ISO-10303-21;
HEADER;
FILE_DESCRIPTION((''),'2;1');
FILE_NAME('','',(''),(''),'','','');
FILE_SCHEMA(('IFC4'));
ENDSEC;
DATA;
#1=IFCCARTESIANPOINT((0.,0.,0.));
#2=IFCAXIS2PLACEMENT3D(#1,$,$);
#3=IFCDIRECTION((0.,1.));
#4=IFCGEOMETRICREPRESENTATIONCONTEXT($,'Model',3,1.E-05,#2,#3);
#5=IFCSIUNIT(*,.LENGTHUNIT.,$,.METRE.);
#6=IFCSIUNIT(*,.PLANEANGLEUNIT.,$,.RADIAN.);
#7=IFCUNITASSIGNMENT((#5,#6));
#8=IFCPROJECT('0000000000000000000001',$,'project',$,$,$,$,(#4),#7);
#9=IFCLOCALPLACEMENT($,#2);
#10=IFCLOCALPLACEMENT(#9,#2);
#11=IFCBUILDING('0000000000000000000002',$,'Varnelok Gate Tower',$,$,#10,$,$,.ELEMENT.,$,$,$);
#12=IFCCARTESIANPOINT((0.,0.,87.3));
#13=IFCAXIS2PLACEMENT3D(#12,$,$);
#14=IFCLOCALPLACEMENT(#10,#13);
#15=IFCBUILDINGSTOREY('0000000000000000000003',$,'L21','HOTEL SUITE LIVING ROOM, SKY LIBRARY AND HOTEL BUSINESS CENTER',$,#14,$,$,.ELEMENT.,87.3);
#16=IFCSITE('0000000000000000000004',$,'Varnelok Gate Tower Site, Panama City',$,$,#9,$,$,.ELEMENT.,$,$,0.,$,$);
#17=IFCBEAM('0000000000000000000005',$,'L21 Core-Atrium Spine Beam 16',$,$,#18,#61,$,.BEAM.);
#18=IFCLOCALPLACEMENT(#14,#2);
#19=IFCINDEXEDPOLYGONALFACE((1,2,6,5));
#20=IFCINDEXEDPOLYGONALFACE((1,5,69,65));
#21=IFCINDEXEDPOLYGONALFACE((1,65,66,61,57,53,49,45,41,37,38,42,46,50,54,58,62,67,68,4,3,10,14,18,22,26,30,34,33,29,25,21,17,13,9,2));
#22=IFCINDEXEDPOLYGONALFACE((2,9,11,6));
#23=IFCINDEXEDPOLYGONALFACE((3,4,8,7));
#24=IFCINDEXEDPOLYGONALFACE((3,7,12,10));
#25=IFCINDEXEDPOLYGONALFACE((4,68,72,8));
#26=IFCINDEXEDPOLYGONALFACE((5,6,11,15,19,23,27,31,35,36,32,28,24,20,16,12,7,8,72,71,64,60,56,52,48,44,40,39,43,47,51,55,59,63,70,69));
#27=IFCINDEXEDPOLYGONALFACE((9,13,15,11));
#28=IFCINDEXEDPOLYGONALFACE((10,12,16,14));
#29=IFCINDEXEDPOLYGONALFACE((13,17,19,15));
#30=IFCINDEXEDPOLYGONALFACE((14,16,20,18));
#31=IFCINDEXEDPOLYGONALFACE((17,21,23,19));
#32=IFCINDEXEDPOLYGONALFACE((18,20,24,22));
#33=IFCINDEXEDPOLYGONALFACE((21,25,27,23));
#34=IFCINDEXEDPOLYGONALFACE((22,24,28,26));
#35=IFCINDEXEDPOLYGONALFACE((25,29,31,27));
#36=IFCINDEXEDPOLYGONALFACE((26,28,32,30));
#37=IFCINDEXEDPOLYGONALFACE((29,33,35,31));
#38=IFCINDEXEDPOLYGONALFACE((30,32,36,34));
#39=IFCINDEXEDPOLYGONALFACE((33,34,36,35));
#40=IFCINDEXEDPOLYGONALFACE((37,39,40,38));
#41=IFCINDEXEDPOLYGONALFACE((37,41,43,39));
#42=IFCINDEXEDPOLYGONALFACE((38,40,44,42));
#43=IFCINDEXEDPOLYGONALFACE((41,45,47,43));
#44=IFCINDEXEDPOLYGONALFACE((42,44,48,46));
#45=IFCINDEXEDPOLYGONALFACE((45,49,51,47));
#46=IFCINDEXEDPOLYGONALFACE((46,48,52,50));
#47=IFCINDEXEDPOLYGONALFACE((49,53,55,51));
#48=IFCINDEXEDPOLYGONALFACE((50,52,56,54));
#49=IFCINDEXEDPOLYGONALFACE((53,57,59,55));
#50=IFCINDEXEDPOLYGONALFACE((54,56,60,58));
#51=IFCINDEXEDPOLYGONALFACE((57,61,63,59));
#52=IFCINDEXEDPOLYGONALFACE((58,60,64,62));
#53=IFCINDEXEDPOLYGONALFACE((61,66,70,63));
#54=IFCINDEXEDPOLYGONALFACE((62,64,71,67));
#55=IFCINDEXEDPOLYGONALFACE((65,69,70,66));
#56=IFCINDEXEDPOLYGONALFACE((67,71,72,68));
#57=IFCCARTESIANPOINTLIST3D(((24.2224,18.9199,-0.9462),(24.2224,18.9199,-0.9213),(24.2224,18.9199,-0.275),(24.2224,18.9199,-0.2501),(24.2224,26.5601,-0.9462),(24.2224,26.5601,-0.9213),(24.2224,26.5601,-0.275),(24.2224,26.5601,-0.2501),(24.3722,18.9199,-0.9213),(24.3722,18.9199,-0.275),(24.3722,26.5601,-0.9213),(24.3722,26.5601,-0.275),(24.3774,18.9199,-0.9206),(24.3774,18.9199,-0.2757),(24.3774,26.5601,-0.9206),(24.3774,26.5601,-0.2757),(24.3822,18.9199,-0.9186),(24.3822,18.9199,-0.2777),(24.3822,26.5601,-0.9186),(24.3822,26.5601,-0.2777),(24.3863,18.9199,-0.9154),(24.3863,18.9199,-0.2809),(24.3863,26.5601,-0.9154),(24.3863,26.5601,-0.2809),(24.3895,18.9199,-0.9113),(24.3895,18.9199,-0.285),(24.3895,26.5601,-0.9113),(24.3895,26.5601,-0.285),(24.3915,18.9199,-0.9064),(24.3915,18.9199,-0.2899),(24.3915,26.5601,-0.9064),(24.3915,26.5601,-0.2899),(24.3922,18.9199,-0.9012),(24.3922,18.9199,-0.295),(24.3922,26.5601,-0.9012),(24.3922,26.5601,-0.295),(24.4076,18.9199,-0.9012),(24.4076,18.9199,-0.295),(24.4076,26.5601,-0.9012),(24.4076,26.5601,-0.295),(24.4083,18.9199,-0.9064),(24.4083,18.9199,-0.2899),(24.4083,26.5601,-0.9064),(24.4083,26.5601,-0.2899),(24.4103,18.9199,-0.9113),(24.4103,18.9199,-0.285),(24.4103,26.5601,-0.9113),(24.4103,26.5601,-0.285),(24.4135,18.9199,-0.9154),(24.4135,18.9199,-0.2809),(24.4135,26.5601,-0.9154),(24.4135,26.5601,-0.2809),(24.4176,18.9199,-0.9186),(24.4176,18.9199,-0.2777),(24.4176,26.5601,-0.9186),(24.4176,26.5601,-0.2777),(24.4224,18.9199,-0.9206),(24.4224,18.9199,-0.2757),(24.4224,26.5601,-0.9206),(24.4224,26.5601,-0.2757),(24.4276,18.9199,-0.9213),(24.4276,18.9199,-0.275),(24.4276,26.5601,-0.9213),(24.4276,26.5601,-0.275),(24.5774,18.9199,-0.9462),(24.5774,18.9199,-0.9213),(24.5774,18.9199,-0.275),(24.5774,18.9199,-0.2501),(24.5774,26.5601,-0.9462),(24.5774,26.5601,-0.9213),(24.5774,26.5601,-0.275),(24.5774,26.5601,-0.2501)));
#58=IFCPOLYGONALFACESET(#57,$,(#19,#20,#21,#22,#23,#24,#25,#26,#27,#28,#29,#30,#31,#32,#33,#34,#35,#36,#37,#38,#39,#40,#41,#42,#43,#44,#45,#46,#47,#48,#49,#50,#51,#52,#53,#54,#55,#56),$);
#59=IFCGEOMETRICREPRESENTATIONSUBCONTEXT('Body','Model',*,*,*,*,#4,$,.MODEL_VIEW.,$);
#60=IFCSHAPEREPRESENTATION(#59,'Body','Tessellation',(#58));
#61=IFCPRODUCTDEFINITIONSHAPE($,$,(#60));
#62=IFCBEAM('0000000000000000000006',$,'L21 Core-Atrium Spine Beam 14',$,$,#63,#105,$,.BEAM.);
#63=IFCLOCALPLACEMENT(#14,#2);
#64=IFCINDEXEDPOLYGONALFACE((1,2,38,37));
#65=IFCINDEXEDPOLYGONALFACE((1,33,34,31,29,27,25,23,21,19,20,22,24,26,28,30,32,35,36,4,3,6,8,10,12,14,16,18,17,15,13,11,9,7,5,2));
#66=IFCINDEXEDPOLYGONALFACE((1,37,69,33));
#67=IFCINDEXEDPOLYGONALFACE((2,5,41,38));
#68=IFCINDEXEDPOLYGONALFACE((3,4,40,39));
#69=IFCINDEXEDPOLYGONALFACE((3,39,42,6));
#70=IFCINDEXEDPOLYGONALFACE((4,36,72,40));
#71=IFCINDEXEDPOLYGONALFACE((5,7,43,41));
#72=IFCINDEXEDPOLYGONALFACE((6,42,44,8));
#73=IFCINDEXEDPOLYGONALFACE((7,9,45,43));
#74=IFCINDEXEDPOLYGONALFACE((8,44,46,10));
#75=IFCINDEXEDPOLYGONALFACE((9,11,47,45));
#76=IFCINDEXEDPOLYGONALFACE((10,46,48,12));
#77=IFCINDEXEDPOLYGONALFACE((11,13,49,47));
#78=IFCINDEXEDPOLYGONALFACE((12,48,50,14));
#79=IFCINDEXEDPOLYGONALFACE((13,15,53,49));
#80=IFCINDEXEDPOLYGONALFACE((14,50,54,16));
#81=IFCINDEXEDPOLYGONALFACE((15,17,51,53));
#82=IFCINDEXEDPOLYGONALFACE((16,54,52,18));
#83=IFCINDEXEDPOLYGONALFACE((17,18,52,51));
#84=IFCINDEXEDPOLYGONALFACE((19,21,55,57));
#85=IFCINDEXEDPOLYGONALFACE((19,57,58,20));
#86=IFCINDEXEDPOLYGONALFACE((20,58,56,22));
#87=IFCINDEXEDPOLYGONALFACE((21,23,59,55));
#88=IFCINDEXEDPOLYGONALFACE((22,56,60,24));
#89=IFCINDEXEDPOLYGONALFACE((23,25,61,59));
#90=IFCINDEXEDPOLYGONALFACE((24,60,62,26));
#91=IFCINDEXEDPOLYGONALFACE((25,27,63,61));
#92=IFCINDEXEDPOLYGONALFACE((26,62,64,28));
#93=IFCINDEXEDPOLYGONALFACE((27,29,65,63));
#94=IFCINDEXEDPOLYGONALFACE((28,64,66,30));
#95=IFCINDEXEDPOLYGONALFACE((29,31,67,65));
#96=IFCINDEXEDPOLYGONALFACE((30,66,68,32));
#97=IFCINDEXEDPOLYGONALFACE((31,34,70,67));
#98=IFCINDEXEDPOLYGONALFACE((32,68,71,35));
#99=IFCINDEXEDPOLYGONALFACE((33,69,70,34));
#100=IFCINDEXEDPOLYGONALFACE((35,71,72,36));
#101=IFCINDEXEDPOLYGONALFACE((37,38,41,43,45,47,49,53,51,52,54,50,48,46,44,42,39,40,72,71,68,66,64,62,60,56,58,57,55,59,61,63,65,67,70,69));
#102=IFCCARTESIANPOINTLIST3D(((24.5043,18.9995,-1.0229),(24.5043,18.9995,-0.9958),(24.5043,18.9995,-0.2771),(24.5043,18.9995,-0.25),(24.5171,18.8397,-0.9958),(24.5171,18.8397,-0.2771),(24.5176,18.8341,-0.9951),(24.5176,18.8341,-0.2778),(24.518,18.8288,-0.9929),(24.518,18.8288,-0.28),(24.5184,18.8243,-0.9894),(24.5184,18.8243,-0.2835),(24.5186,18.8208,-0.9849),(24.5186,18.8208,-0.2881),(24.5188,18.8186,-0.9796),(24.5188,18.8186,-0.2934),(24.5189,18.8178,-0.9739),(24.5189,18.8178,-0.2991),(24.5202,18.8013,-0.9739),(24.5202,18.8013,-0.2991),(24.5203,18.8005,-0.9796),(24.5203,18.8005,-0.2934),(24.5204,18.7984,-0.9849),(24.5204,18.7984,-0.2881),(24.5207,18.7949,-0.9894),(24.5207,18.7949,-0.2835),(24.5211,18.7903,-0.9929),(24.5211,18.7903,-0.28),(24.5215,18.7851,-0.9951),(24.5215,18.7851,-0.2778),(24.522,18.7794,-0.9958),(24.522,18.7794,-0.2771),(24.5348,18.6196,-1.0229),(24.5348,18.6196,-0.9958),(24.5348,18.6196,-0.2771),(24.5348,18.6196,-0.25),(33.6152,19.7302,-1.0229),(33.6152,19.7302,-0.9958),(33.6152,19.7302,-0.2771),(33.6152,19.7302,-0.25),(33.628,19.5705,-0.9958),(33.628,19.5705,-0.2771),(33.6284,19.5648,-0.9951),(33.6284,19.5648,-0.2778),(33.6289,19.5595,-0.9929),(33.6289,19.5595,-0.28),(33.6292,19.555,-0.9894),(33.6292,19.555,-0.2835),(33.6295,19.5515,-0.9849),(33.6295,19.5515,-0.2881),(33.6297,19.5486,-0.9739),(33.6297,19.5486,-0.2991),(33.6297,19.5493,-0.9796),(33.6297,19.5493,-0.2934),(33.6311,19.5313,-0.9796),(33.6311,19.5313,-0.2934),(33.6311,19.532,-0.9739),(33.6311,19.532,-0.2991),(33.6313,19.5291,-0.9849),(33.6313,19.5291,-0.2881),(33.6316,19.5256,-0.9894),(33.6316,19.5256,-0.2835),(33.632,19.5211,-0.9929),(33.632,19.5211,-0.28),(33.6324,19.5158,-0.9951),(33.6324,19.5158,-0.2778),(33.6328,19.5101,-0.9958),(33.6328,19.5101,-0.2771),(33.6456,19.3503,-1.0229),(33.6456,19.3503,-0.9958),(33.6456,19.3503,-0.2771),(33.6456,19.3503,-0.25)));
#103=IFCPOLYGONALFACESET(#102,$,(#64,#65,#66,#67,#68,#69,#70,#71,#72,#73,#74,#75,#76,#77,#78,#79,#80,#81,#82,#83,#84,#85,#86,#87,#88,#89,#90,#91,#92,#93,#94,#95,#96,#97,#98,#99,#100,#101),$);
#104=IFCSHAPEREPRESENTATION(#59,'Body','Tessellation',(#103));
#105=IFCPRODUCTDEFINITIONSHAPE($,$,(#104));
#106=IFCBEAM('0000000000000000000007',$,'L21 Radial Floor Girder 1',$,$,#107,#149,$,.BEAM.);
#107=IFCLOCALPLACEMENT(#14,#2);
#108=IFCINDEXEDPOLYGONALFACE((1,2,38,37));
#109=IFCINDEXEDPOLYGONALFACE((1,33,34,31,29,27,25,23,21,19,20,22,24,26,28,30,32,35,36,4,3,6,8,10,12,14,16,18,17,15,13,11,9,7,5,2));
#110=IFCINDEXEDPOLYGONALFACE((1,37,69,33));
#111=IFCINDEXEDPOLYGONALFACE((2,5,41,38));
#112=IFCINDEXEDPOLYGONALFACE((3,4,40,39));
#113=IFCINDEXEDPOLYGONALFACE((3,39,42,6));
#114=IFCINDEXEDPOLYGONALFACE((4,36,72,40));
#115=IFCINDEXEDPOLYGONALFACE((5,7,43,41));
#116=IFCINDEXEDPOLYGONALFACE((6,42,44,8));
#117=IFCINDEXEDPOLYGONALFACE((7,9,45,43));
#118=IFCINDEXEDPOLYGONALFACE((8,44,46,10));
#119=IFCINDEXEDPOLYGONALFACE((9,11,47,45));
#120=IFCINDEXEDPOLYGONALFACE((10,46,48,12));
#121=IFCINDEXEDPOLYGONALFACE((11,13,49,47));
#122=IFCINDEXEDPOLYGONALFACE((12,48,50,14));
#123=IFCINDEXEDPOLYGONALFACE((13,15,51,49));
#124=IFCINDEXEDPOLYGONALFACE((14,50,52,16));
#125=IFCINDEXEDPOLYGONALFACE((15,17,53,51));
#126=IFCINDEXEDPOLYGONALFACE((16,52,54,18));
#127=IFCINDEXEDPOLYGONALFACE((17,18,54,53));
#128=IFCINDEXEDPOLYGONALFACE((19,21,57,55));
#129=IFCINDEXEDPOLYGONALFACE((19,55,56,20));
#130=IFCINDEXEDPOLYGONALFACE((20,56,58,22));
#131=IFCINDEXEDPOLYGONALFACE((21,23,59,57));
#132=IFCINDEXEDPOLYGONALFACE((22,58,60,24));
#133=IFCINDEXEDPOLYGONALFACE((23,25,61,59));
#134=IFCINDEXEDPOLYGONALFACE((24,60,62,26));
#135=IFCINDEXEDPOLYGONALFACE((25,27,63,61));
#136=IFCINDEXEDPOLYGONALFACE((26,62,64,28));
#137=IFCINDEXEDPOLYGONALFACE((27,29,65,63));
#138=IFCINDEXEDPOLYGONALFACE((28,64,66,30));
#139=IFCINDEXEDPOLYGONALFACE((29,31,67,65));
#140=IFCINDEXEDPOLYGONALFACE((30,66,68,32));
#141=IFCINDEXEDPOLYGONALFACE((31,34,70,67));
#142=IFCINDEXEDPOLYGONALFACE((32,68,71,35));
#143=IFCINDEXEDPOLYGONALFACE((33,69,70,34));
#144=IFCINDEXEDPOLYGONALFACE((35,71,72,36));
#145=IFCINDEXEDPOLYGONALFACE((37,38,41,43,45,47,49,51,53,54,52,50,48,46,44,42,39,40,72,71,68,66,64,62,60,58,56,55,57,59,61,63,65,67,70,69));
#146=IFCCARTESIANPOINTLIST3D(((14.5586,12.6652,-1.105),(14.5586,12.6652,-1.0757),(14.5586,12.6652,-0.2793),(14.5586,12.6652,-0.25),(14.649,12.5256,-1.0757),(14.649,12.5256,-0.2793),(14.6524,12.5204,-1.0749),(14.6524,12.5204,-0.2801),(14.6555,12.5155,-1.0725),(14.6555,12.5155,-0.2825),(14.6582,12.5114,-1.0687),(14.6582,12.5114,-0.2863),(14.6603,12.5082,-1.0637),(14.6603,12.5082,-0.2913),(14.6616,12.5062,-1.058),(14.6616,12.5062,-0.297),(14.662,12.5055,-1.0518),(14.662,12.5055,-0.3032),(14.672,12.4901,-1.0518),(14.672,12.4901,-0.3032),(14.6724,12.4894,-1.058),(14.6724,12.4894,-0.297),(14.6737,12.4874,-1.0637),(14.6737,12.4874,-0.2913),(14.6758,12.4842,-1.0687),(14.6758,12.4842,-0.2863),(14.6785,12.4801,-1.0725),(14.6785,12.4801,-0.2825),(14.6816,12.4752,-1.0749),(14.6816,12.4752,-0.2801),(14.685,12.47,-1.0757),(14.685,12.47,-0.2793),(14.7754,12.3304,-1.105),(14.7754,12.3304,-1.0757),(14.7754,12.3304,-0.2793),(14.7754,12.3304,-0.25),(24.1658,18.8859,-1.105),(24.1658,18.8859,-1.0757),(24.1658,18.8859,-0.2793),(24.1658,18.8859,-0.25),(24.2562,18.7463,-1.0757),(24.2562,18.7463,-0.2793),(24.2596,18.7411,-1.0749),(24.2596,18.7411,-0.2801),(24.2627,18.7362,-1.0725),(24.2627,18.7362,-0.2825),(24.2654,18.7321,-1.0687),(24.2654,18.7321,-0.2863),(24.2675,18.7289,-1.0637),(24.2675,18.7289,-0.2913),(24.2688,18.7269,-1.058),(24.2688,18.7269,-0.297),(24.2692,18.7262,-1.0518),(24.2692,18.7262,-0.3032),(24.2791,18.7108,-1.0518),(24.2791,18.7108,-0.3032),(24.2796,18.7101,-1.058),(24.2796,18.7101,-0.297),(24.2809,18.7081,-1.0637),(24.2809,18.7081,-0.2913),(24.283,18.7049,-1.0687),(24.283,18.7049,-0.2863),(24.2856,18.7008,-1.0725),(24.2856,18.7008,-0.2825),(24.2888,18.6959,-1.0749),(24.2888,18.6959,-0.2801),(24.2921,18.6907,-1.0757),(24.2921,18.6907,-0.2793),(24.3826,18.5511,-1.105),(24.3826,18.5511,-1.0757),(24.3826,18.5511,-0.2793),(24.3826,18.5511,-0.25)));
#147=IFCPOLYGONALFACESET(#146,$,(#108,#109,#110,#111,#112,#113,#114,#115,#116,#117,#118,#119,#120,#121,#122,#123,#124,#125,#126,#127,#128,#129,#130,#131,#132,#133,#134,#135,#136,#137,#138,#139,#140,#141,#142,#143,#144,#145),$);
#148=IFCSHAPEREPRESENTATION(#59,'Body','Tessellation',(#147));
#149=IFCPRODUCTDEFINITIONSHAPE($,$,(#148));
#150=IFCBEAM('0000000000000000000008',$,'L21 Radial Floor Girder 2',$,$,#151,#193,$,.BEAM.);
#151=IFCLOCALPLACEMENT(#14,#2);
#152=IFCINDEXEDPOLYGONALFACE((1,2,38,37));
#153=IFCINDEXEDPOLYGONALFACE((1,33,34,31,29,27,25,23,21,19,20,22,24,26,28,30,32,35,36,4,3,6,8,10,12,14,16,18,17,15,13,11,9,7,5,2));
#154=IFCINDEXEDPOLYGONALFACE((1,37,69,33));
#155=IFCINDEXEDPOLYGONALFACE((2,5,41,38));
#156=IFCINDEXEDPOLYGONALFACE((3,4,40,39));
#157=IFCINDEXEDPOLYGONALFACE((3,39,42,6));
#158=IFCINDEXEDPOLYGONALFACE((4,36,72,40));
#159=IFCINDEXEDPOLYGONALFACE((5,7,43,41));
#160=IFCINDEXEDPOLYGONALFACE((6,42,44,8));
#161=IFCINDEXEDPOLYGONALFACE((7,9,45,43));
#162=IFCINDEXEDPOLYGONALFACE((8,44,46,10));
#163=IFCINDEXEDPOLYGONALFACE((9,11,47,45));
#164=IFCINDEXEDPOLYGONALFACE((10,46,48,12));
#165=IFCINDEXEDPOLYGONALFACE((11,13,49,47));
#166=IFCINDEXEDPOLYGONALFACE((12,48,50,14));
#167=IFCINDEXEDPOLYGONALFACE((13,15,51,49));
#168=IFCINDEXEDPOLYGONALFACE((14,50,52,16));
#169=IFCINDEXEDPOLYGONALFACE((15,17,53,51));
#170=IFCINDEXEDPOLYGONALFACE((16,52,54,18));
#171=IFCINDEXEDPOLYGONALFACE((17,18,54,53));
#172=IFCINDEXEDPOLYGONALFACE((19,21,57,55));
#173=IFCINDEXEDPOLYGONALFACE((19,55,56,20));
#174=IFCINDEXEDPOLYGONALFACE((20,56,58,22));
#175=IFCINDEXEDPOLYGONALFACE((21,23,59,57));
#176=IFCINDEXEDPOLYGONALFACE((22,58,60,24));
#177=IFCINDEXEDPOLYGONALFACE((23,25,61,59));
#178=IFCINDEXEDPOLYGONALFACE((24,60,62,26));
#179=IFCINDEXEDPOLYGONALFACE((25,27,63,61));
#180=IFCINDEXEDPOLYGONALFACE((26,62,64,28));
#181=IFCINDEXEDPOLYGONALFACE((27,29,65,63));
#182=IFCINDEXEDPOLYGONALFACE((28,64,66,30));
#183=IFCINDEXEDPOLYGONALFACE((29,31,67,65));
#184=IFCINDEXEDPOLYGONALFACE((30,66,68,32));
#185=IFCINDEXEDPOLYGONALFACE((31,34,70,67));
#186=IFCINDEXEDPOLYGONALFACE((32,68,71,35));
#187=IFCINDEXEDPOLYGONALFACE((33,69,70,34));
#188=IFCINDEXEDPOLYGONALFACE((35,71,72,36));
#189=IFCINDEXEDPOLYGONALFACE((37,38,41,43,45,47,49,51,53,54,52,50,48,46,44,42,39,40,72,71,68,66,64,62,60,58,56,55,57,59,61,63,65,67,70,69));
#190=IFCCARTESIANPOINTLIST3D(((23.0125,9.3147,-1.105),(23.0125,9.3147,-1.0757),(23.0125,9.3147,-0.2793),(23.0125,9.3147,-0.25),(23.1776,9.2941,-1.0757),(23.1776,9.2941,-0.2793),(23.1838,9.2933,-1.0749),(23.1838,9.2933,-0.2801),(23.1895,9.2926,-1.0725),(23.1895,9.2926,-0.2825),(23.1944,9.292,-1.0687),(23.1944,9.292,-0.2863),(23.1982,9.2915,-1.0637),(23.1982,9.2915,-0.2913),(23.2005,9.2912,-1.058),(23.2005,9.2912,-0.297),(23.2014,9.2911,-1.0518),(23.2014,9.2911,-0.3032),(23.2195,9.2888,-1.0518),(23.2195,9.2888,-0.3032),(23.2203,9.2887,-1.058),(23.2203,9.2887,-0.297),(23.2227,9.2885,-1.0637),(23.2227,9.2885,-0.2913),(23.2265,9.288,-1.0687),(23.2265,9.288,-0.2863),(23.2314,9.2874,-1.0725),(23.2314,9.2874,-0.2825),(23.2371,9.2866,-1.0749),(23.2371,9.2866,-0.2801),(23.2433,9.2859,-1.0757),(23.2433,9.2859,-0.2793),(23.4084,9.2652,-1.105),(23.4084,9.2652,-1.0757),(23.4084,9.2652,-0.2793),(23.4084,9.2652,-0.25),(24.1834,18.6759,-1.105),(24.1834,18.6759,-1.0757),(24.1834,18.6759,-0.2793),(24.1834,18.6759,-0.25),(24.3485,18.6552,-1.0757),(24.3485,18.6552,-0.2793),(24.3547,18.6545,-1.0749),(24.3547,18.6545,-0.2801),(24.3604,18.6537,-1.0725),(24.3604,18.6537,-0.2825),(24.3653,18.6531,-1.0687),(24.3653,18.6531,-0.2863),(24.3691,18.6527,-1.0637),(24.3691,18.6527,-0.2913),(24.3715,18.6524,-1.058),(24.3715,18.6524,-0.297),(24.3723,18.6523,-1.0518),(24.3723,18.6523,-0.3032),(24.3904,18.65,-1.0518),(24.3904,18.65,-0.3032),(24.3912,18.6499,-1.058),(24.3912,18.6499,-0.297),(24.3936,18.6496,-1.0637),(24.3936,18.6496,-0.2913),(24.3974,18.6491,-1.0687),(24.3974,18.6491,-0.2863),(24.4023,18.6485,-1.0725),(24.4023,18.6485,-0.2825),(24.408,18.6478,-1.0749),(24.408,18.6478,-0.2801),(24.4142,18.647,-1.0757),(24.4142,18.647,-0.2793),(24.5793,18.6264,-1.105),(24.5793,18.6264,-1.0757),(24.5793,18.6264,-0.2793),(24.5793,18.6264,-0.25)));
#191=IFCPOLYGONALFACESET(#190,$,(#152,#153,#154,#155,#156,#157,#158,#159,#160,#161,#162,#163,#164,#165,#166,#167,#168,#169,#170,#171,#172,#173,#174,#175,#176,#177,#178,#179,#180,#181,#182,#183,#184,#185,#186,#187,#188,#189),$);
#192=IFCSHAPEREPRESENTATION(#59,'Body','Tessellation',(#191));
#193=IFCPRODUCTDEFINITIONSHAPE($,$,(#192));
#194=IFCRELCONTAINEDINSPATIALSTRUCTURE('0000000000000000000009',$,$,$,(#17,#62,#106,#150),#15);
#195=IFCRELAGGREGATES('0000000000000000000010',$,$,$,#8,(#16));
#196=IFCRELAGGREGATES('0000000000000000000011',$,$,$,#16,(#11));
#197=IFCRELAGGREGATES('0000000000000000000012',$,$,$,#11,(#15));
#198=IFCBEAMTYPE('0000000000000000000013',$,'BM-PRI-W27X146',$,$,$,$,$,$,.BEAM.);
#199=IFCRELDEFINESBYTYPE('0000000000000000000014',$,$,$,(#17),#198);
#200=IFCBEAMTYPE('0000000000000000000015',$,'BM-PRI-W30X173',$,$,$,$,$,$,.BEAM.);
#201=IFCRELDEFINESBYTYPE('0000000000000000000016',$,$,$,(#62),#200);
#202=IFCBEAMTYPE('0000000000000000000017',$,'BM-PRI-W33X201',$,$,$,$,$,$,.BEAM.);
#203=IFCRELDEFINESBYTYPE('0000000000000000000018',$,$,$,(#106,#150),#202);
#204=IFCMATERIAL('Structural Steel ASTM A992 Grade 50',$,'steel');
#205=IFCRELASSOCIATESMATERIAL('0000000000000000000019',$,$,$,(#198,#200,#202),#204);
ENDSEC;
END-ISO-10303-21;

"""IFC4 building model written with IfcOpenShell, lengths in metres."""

from ifc_helpers import new_model, si_unit, direction, frame, origin, origin_2d, place, context, subcontext, project, spatial, i_section, extrude, material, material_profile, profile_set, type_object, element, save


model = new_model("IFC4")

# Units and contexts
model_context = context("Model", 3, precision=1e-05, world=origin(), true_north=direction((0.0, 1.0)))
body_context = subcontext(model_context, "Body", "Model", "MODEL_VIEW")
ifc_project = project(units=[si_unit("LENGTHUNIT", "METRE"), si_unit("PLANEANGLEUNIT", "RADIAN")], contexts=[model_context])

# Site, building, storey
site_placement = place(None, origin())
site = spatial("IfcSite", under=ifc_project, at=site_placement, Name="Varnelok Gate Tower Site, Panama City", CompositionType="ELEMENT", RefElevation=0.0)
building_placement = place(site_placement, origin())
building = spatial("IfcBuilding", under=site, at=building_placement, Name="Varnelok Gate Tower", CompositionType="ELEMENT")
storey_placement = place(building_placement, frame((0.0, 0.0, 87.3)))
storey = spatial("IfcBuildingStorey", under=building, at=storey_placement, Name="L21", Description="HOTEL SUITE LIVING ROOM, SKY LIBRARY AND HOTEL BUSINESS CENTER", CompositionType="ELEMENT", Elevation=87.3)

# Shared definitions
ifc_material_1 = material(Name="Structural Steel ASTM A992 Grade 50", Category="steel")

# Beams
ifc_material_profile_1 = material_profile(ifc_material_1, i_section(OverallWidth=0.355, OverallDepth=0.696, WebThickness=0.0154, FlangeThickness=0.0249, FilletRadius=0.02, at=origin_2d()), Name="W27X146")
ifc_profile_set_1 = profile_set([ifc_material_profile_1], Name="Structural Steel ASTM A992 Grade 50")
beam_type_1 = type_object("IfcBeamType", Name="BM-PRI-W27X146", PredefinedType="BEAM", material=ifc_profile_set_1)
beam_1_placement = place(storey_placement, frame((24.3999, 18.9199, -0.5981), z_axis=(0.0, 1.0, 0.0), x_axis=(-1.0, 0.0, 0.0)))
element("IfcBeam", 1, at=beam_1_placement, inside=storey, type_object=beam_type_1, Name="L21 Core-Atrium Spine Beam 16", PredefinedType="BEAM", context=body_context, shape_type="SweptSolid", body=[
    extrude(i_section(OverallWidth=0.355, OverallDepth=0.696, WebThickness=0.0154, FlangeThickness=0.0249, FilletRadius=0.02, at=origin_2d()), origin(), (0.0, 0.0, 1.0), 7.6401),
])
ifc_material_profile_2 = material_profile(ifc_material_1, i_section(OverallWidth=0.3811, OverallDepth=0.7729, WebThickness=0.0166, FlangeThickness=0.0271, FilletRadius=0.022, at=origin_2d()), Name="W30X173")
ifc_profile_set_2 = profile_set([ifc_material_profile_2], Name="Structural Steel ASTM A992 Grade 50")
beam_type_2 = type_object("IfcBeamType", Name="BM-PRI-W30X173", PredefinedType="BEAM", material=ifc_profile_set_2)
beam_2_placement = place(storey_placement, frame((24.5195, 18.8096, -0.6365), z_axis=(0.996799, 0.079946, 0.0), x_axis=(-0.079946, 0.996799, 0.0)))
element("IfcBeam", 2, at=beam_2_placement, inside=storey, type_object=beam_type_2, Name="L21 Core-Atrium Spine Beam 14", PredefinedType="BEAM", context=body_context, shape_type="SweptSolid", body=[
    extrude(i_section(OverallWidth=0.3811, OverallDepth=0.7729, WebThickness=0.0166, FlangeThickness=0.0271, FilletRadius=0.022, at=origin_2d()), origin(), (0.0, 0.0, 1.0), 9.1401),
])
ifc_material_profile_3 = material_profile(ifc_material_1, i_section(OverallWidth=0.3989, OverallDepth=0.855, WebThickness=0.0183, FlangeThickness=0.0293, FilletRadius=0.0239, at=origin_2d()), Name="W33X201")
ifc_profile_set_3 = profile_set([ifc_material_profile_3], Name="Structural Steel ASTM A992 Grade 50")
beam_type_3 = type_object("IfcBeamType", Name="BM-PRI-W33X201", PredefinedType="BEAM", material=ifc_profile_set_3)
beam_3_placement = place(storey_placement, frame((24.2742, 18.7185, -0.6775), z_axis=(-0.839399, -0.543516, 0.0), x_axis=(0.543516, -0.839399, 0.0)))
element("IfcBeam", 3, at=beam_3_placement, inside=storey, type_object=beam_type_3, Name="L21 Radial Floor Girder 1", PredefinedType="BEAM", context=body_context, shape_type="SweptSolid", body=[
    extrude(i_section(OverallWidth=0.3989, OverallDepth=0.855, WebThickness=0.0183, FlangeThickness=0.0293, FilletRadius=0.0239, at=origin_2d()), origin(), (0.0, 0.0, 1.0), 11.4453),
])
beam_4_placement = place(storey_placement, frame((24.3813, 18.6511, -0.6775), z_axis=(-0.124114, -0.992268, 0.0), x_axis=(0.992268, -0.124114, 0.0)))
element("IfcBeam", 4, at=beam_4_placement, inside=storey, type_object=beam_type_3, Name="L21 Radial Floor Girder 2", PredefinedType="BEAM", context=body_context, shape_type="SweptSolid", body=[
    extrude(i_section(OverallWidth=0.3989, OverallDepth=0.855, WebThickness=0.0183, FlangeThickness=0.0293, FilletRadius=0.0239, at=origin_2d()), origin(), (0.0, 0.0, 1.0), 9.4341),
])

save(model, "model.ifc")
